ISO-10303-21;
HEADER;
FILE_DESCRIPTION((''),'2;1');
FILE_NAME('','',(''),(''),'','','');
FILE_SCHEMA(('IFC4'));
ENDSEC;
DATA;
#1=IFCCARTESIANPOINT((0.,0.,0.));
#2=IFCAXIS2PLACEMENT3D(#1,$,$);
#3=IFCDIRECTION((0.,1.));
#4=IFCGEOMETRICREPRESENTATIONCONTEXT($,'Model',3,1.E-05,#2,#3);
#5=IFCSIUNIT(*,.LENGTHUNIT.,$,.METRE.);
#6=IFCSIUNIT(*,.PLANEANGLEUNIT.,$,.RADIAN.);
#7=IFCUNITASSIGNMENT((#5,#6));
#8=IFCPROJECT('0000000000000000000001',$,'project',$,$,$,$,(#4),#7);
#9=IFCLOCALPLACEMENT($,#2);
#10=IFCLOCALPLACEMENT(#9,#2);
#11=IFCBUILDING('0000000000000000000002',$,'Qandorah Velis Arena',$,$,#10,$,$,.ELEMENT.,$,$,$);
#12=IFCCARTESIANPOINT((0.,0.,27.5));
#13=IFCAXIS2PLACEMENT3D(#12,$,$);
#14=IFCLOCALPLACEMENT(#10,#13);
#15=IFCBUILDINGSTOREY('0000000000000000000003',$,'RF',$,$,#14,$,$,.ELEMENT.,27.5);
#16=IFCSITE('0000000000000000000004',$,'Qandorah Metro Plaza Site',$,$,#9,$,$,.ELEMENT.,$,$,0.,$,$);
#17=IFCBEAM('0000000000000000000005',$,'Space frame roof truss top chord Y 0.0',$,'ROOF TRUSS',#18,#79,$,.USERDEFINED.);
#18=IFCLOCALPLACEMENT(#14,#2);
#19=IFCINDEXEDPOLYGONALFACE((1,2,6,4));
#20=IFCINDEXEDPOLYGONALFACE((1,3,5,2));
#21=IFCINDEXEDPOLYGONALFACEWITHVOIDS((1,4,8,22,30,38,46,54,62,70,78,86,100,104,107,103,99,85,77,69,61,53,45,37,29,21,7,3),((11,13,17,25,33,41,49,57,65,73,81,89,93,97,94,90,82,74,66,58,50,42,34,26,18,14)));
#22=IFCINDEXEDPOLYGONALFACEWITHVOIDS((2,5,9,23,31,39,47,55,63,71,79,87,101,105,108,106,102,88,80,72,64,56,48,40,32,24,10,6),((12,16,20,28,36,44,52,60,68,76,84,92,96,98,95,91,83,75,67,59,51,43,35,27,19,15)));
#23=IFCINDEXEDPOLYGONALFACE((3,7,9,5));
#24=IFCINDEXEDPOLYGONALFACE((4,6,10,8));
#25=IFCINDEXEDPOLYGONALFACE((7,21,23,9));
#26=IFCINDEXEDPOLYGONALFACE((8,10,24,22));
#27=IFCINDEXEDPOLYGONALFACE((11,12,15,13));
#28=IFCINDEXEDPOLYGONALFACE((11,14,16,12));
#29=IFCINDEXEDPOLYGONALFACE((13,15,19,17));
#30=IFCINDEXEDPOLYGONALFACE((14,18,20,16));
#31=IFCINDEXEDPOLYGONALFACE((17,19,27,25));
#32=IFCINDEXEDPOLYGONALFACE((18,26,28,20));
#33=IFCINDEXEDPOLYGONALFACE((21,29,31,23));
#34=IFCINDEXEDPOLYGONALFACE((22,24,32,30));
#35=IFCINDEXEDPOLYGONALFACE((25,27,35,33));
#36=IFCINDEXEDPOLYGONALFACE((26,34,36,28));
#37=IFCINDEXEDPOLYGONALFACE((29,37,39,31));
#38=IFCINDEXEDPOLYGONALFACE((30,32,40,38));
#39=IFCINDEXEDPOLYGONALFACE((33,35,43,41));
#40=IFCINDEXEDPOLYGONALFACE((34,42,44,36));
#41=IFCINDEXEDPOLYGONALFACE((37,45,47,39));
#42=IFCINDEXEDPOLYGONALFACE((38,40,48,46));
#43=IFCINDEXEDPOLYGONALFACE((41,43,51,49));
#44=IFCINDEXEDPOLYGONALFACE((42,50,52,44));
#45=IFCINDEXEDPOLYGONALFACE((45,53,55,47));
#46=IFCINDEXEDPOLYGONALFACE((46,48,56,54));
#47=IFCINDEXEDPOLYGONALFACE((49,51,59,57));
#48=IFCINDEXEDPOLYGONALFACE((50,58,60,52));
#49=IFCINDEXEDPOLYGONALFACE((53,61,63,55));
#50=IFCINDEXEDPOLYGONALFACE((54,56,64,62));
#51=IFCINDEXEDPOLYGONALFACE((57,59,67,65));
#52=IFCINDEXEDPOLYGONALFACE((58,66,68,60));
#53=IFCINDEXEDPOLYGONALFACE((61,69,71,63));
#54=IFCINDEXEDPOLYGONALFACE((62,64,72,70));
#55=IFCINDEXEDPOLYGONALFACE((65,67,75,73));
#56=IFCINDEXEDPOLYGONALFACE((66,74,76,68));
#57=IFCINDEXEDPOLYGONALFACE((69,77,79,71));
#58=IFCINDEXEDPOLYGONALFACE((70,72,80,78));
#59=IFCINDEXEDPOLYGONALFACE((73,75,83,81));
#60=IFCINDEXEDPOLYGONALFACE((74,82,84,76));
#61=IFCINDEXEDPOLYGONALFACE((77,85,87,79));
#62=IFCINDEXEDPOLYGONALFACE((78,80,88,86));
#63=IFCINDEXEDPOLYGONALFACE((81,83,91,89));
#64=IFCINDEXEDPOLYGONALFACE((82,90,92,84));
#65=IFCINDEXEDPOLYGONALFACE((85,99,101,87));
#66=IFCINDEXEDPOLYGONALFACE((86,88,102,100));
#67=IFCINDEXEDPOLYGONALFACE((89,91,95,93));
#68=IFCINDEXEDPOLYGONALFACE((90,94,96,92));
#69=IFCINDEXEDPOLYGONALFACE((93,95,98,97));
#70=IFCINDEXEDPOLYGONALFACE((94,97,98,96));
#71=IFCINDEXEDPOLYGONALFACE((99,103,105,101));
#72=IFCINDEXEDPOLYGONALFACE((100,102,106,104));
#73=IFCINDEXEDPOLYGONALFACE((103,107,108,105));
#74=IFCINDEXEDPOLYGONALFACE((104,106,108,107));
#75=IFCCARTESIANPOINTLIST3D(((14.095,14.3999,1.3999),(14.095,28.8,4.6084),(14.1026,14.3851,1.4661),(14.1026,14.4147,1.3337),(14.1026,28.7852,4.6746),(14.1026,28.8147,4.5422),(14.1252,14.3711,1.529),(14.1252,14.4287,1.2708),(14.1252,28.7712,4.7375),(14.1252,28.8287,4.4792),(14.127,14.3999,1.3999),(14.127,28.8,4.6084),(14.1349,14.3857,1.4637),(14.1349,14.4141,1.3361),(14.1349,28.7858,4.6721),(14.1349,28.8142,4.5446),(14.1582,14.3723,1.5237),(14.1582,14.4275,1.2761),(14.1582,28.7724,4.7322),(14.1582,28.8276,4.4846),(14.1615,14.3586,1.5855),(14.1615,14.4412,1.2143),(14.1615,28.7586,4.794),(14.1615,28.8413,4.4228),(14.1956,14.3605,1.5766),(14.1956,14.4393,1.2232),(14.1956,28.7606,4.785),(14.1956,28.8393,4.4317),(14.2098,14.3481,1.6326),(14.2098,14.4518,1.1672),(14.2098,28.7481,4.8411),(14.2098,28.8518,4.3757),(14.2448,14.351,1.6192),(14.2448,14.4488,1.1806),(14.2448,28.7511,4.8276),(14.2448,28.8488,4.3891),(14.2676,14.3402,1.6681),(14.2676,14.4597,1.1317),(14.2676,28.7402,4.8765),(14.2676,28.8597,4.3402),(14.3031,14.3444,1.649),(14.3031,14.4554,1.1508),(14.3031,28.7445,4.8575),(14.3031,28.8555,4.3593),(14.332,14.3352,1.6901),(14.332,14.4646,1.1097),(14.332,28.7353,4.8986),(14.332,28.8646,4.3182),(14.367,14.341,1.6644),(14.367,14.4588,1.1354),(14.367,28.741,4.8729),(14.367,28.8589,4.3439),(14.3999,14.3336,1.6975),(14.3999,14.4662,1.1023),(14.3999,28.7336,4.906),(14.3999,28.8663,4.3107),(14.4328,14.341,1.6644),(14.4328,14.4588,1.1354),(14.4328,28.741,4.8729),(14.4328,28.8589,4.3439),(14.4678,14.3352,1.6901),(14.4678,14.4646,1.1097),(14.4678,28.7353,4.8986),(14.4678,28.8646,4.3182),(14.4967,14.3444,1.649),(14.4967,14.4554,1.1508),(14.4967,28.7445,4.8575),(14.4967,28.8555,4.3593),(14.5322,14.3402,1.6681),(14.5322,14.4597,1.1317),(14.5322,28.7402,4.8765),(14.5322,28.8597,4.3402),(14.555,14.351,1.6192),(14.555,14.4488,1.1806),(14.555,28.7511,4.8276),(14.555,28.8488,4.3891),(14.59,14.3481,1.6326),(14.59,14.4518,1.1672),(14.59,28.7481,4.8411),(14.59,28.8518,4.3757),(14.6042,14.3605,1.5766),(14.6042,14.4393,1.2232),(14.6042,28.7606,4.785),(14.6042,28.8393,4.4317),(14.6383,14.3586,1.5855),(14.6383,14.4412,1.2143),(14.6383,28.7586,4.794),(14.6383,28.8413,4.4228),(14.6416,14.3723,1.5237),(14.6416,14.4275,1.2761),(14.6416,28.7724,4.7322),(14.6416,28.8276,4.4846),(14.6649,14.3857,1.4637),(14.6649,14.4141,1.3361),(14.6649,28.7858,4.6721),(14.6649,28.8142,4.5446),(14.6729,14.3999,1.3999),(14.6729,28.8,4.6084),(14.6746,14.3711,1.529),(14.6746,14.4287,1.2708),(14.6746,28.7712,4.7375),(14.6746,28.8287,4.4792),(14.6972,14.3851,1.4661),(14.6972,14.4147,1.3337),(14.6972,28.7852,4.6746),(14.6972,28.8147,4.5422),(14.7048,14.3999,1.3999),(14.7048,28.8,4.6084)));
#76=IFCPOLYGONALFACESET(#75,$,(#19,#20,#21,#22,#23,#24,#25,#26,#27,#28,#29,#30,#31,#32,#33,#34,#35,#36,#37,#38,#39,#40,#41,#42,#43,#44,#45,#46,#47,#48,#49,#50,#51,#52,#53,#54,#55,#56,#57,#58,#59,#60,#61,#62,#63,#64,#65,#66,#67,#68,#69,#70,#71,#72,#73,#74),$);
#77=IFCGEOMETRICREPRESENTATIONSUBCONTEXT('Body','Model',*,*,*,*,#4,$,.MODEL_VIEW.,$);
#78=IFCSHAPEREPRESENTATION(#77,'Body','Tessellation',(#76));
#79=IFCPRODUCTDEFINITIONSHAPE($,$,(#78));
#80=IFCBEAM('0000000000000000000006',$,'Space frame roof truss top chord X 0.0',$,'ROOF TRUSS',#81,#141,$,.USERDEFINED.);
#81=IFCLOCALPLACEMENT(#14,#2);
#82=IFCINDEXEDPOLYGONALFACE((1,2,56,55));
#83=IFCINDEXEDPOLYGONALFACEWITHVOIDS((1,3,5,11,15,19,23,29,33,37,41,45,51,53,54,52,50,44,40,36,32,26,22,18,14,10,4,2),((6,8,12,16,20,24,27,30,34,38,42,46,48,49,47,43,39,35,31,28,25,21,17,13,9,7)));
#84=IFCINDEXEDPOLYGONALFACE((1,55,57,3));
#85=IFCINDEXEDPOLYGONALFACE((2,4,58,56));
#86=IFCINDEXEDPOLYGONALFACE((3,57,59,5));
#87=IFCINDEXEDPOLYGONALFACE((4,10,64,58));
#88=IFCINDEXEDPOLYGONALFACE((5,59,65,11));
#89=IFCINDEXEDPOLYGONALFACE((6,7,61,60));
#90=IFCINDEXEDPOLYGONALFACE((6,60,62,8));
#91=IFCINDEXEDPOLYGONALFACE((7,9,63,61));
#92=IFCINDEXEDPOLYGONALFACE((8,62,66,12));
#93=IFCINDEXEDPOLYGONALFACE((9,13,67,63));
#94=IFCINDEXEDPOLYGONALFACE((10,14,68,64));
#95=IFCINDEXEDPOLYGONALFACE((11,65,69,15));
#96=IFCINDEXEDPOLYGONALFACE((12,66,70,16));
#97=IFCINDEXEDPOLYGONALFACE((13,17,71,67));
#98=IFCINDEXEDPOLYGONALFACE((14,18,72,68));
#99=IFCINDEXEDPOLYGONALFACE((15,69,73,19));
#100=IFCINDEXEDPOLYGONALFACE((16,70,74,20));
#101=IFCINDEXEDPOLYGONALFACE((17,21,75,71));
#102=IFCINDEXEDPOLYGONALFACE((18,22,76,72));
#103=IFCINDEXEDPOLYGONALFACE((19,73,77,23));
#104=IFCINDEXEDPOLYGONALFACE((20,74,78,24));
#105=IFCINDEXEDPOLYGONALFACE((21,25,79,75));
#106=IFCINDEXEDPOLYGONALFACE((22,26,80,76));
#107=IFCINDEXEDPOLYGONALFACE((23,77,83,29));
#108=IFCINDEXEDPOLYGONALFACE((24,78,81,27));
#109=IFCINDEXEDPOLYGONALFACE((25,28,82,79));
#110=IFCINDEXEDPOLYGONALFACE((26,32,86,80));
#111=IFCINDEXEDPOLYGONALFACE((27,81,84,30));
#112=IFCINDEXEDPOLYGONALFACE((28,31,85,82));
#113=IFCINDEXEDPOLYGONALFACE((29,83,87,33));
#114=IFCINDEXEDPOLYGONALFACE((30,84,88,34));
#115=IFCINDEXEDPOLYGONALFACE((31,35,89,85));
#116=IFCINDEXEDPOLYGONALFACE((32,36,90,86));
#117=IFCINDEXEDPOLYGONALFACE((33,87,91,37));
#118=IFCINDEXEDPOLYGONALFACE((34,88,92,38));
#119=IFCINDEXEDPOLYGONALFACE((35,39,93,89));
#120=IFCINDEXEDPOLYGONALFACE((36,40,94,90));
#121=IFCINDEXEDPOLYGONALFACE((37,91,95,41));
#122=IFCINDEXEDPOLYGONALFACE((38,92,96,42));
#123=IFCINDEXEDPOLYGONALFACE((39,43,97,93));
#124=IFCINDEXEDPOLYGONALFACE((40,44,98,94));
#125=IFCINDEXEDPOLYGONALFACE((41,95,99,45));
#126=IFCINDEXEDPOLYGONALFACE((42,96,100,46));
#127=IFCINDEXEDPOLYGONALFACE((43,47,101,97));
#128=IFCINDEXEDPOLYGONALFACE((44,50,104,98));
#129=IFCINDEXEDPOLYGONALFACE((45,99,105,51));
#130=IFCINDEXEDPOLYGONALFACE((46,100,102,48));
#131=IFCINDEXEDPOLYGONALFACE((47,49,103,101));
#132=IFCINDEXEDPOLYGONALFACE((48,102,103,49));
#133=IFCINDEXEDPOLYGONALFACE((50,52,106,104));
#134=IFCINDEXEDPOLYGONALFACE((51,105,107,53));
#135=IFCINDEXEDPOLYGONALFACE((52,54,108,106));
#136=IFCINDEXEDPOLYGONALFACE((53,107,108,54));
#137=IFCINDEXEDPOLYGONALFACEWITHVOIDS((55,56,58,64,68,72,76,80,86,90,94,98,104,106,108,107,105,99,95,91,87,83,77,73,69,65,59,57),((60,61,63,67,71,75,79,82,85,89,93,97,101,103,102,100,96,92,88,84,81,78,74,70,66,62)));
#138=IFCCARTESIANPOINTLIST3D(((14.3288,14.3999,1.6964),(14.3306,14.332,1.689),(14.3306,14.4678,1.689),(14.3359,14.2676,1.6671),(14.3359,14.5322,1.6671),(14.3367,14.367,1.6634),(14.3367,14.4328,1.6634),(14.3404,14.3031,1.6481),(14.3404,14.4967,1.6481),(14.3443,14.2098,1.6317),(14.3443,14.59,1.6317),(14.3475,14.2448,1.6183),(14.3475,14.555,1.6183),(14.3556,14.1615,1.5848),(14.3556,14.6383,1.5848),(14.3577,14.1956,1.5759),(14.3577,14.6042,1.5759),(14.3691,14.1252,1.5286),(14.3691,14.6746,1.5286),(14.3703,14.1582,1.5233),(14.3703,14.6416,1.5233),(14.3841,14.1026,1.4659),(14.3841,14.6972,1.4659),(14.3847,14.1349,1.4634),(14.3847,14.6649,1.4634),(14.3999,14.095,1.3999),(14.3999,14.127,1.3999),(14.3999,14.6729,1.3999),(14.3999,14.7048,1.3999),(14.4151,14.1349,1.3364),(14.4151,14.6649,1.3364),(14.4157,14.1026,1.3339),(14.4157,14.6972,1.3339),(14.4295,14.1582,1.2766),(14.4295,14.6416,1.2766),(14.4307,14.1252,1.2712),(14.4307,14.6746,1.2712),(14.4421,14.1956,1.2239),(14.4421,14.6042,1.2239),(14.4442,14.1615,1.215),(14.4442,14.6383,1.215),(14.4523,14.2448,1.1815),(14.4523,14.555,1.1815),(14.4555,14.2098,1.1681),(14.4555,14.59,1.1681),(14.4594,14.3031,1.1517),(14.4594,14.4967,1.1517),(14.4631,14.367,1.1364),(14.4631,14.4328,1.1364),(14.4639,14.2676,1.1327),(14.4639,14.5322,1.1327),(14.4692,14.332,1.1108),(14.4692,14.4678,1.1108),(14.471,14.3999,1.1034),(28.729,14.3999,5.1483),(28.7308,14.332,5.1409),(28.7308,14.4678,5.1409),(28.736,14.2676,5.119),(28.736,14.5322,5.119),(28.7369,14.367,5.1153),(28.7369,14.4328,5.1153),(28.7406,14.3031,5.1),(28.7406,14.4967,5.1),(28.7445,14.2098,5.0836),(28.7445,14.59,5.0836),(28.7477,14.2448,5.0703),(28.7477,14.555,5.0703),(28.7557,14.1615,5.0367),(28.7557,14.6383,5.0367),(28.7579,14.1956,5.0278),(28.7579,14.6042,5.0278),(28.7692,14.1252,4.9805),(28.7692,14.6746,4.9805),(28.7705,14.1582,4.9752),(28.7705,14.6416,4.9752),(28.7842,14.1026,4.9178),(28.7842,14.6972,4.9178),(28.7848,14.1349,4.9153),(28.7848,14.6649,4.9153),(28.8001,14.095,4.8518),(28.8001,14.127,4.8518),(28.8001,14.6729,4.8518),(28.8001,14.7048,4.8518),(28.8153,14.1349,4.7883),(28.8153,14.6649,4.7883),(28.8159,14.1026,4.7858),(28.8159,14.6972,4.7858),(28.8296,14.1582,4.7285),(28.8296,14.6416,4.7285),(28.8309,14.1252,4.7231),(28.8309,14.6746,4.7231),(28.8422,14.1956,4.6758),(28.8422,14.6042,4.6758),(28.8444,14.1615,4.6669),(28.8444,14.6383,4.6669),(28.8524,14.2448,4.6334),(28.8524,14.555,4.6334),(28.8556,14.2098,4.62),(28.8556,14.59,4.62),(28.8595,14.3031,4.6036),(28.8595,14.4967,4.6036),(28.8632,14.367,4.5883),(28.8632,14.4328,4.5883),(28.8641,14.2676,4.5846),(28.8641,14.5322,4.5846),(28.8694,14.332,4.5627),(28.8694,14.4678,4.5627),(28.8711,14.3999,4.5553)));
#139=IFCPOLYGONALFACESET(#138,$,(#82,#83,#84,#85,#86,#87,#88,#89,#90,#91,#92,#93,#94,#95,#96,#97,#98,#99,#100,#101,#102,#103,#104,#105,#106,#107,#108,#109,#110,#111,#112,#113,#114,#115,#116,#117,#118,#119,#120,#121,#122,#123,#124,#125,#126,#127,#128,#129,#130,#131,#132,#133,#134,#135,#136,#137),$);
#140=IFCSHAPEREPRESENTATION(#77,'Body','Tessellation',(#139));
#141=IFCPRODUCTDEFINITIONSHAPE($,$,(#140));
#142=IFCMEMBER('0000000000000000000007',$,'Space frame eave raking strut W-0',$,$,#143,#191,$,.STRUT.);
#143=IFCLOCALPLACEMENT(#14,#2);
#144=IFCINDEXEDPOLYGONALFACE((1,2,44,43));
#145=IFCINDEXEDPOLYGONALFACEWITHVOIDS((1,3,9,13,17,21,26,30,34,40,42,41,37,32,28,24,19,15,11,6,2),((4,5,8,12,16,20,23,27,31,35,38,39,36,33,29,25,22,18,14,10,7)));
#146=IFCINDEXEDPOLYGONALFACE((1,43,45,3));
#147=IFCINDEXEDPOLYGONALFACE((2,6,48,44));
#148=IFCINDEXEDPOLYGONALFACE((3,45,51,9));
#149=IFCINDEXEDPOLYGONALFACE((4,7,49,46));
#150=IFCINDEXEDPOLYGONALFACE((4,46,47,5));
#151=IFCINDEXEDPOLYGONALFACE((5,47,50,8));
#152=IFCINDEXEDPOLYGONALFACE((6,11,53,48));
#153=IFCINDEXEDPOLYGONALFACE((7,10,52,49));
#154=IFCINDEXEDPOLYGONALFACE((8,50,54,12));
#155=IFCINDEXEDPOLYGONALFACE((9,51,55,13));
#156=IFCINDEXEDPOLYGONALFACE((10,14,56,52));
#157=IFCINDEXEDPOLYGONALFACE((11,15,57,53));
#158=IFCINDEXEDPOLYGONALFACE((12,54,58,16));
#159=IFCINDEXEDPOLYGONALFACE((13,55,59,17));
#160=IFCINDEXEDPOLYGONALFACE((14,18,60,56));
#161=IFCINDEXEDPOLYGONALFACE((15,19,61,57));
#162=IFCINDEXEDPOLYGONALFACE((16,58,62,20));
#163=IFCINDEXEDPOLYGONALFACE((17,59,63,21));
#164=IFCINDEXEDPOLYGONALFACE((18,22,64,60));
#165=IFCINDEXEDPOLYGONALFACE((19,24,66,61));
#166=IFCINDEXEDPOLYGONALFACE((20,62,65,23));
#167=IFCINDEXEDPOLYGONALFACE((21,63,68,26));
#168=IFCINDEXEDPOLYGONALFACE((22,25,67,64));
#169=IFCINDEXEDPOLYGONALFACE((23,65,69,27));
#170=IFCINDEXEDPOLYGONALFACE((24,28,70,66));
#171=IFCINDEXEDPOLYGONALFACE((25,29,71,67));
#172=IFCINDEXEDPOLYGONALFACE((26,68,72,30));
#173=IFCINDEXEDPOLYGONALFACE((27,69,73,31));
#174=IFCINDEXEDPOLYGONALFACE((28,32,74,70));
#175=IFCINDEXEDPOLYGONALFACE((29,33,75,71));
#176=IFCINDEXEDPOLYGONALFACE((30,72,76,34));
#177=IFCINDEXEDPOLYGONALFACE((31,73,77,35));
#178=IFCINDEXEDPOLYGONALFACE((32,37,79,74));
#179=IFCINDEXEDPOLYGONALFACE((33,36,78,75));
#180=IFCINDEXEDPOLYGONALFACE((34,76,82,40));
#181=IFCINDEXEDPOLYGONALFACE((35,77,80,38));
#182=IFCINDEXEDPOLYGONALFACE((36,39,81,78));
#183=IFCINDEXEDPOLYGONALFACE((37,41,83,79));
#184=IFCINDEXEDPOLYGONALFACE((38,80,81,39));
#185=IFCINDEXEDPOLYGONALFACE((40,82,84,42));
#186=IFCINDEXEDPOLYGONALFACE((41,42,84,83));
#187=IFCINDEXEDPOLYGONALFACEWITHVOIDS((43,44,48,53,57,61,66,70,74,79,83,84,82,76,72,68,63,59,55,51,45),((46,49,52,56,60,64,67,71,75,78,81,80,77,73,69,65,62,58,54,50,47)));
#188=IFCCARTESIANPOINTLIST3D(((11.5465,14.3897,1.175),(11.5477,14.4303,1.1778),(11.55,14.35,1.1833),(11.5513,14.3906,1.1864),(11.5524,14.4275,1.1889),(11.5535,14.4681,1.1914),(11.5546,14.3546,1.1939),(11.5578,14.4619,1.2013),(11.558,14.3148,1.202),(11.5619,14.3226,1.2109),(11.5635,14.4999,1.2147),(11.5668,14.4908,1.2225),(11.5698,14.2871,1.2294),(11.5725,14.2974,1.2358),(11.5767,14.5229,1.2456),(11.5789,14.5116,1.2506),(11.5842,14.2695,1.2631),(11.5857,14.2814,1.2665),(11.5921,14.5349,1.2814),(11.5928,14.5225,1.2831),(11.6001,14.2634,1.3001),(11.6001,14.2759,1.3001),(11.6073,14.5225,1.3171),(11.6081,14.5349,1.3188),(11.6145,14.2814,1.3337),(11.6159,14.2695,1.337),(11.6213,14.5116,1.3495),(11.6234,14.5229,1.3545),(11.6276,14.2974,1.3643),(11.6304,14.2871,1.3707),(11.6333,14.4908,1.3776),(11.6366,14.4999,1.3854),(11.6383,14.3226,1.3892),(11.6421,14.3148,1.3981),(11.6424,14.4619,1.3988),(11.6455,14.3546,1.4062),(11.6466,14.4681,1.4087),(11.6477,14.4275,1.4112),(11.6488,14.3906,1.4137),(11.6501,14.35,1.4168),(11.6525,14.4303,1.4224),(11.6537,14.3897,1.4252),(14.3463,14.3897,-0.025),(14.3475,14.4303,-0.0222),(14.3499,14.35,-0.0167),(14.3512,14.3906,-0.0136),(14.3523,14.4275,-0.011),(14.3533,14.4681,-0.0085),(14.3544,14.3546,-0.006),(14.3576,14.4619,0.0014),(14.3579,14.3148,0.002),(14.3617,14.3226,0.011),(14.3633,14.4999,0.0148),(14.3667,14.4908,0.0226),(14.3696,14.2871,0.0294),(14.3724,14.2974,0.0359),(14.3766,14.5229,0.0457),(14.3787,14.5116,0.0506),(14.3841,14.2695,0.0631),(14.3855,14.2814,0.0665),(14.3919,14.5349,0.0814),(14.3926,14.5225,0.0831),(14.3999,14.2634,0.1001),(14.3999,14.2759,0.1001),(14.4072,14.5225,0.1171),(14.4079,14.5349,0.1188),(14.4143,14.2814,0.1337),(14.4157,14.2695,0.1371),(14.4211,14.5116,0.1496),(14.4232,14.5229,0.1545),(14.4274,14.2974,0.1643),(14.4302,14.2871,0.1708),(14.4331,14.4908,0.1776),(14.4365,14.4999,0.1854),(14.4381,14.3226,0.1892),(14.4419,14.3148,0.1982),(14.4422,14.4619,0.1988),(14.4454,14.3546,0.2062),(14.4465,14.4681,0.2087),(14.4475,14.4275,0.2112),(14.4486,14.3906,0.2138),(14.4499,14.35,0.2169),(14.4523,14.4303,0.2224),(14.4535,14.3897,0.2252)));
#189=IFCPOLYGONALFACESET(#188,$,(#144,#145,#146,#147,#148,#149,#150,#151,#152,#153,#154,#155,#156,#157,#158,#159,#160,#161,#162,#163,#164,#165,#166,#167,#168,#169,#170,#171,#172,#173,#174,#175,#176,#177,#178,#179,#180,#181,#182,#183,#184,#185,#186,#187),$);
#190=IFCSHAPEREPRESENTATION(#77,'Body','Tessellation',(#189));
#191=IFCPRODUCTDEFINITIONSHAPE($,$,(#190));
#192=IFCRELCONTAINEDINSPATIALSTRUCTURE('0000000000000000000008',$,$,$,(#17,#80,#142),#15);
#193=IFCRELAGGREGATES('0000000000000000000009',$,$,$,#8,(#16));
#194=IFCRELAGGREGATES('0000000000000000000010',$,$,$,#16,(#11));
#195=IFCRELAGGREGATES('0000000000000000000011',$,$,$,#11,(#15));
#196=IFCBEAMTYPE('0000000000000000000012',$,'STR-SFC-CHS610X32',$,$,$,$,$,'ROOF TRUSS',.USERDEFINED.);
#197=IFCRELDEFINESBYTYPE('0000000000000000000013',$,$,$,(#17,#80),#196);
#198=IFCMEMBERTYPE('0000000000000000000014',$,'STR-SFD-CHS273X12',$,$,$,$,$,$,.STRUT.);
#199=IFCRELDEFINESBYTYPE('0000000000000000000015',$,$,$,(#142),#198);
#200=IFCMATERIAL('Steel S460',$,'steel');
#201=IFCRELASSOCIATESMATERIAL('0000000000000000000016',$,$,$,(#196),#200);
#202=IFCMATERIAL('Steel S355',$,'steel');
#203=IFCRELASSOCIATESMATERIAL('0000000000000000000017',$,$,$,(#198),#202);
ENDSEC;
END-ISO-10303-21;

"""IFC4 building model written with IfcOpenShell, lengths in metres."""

from ifc_helpers import new_model, si_unit, direction, frame, origin, origin_2d, place, context, subcontext, project, spatial, hollow_circle, extrude, material, material_profile, profile_set, type_object, element, save


model = new_model("IFC4")

# Units and contexts
model_context = context("Model", 3, precision=1e-05, world=origin(), true_north=direction((0.0, 1.0)))
body_context = subcontext(model_context, "Body", "Model", "MODEL_VIEW")
ifc_project = project(units=[si_unit("LENGTHUNIT", "METRE"), si_unit("PLANEANGLEUNIT", "RADIAN")], contexts=[model_context])

# Site, building, storey
site_placement = place(None, origin())
site = spatial("IfcSite", under=ifc_project, at=site_placement, Name="Qandorah Metro Plaza Site", CompositionType="ELEMENT", RefElevation=0.0)
building_placement = place(site_placement, origin())
building = spatial("IfcBuilding", under=site, at=building_placement, Name="Qandorah Velis Arena", CompositionType="ELEMENT")
storey_placement = place(building_placement, frame((0.0, 0.0, 27.5)))
storey = spatial("IfcBuildingStorey", under=building, at=storey_placement, Name="RF", CompositionType="ELEMENT", Elevation=27.5)

# Beams
ifc_material_1 = material(Name="Steel S355", Category="steel")
ifc_material_2 = material(Name="Steel S460", Category="steel")
ifc_material_profile_1 = material_profile(ifc_material_2, hollow_circle(Radius=0.3049, WallThickness=0.032, at=origin_2d()), Name="CHS 610x32")
ifc_profile_set_1 = profile_set([ifc_material_profile_1], Name="Steel S460")
beam_type_1 = type_object("IfcBeamType", Name="STR-SFC-CHS610X32", ElementType="ROOF TRUSS", PredefinedType="USERDEFINED", material=ifc_profile_set_1)
beam_1_placement = place(storey_placement, frame((14.3999, 14.3999, 1.3999), z_axis=(0.0, 0.976065, 0.217477), x_axis=(-1.0, 0.0, 0.0)))
element("IfcBeam", 1, at=beam_1_placement, inside=storey, type_object=beam_type_1, Name="Space frame roof truss top chord Y 0.0", ObjectType="ROOF TRUSS", PredefinedType="USERDEFINED", context=body_context, shape_type="SweptSolid", body=[
    extrude(hollow_circle(Radius=0.3049, WallThickness=0.032, at=origin_2d()), origin(), (0.0, 0.0, 1.0), 14.7532),
])
beam_2_placement = place(storey_placement, frame((14.3999, 14.3999, 1.3999), z_axis=(0.972451, 0.0, 0.233109), x_axis=(0.0, 1.0, 0.0)))
element("IfcBeam", 2, at=beam_2_placement, inside=storey, type_object=beam_type_1, Name="Space frame roof truss top chord X 0.0", ObjectType="ROOF TRUSS", PredefinedType="USERDEFINED", context=body_context, shape_type="SweptSolid", body=[
    extrude(hollow_circle(Radius=0.3049, WallThickness=0.032, at=origin_2d()), origin(), (0.0, 0.0, 1.0), 14.8081),
])

# Member
ifc_material_profile_2 = material_profile(ifc_material_1, hollow_circle(Radius=0.1365, WallThickness=0.0125, at=origin_2d()), Name="CHS 273x12.5")
ifc_profile_set_2 = profile_set([ifc_material_profile_2], Name="Steel S355")
member_type_1 = type_object("IfcMemberType", Name="STR-SFD-CHS273X12", PredefinedType="STRUT", material=ifc_profile_set_2)
member_1_placement = place(storey_placement, frame((14.3999, 14.3999, 0.1001), z_axis=(-0.919141, 0.0, 0.393929), x_axis=(0.0, -1.0, 0.0)))
element("IfcMember", 3, at=member_1_placement, inside=storey, type_object=member_type_1, Name="Space frame eave raking strut W-0", PredefinedType="STRUT", context=body_context, shape_type="SweptSolid", body=[
    extrude(hollow_circle(Radius=0.1365, WallThickness=0.0125, at=origin_2d()), origin(), (0.0, 0.0, 1.0), 3.0461),
])

save(model, "model.ifc")
